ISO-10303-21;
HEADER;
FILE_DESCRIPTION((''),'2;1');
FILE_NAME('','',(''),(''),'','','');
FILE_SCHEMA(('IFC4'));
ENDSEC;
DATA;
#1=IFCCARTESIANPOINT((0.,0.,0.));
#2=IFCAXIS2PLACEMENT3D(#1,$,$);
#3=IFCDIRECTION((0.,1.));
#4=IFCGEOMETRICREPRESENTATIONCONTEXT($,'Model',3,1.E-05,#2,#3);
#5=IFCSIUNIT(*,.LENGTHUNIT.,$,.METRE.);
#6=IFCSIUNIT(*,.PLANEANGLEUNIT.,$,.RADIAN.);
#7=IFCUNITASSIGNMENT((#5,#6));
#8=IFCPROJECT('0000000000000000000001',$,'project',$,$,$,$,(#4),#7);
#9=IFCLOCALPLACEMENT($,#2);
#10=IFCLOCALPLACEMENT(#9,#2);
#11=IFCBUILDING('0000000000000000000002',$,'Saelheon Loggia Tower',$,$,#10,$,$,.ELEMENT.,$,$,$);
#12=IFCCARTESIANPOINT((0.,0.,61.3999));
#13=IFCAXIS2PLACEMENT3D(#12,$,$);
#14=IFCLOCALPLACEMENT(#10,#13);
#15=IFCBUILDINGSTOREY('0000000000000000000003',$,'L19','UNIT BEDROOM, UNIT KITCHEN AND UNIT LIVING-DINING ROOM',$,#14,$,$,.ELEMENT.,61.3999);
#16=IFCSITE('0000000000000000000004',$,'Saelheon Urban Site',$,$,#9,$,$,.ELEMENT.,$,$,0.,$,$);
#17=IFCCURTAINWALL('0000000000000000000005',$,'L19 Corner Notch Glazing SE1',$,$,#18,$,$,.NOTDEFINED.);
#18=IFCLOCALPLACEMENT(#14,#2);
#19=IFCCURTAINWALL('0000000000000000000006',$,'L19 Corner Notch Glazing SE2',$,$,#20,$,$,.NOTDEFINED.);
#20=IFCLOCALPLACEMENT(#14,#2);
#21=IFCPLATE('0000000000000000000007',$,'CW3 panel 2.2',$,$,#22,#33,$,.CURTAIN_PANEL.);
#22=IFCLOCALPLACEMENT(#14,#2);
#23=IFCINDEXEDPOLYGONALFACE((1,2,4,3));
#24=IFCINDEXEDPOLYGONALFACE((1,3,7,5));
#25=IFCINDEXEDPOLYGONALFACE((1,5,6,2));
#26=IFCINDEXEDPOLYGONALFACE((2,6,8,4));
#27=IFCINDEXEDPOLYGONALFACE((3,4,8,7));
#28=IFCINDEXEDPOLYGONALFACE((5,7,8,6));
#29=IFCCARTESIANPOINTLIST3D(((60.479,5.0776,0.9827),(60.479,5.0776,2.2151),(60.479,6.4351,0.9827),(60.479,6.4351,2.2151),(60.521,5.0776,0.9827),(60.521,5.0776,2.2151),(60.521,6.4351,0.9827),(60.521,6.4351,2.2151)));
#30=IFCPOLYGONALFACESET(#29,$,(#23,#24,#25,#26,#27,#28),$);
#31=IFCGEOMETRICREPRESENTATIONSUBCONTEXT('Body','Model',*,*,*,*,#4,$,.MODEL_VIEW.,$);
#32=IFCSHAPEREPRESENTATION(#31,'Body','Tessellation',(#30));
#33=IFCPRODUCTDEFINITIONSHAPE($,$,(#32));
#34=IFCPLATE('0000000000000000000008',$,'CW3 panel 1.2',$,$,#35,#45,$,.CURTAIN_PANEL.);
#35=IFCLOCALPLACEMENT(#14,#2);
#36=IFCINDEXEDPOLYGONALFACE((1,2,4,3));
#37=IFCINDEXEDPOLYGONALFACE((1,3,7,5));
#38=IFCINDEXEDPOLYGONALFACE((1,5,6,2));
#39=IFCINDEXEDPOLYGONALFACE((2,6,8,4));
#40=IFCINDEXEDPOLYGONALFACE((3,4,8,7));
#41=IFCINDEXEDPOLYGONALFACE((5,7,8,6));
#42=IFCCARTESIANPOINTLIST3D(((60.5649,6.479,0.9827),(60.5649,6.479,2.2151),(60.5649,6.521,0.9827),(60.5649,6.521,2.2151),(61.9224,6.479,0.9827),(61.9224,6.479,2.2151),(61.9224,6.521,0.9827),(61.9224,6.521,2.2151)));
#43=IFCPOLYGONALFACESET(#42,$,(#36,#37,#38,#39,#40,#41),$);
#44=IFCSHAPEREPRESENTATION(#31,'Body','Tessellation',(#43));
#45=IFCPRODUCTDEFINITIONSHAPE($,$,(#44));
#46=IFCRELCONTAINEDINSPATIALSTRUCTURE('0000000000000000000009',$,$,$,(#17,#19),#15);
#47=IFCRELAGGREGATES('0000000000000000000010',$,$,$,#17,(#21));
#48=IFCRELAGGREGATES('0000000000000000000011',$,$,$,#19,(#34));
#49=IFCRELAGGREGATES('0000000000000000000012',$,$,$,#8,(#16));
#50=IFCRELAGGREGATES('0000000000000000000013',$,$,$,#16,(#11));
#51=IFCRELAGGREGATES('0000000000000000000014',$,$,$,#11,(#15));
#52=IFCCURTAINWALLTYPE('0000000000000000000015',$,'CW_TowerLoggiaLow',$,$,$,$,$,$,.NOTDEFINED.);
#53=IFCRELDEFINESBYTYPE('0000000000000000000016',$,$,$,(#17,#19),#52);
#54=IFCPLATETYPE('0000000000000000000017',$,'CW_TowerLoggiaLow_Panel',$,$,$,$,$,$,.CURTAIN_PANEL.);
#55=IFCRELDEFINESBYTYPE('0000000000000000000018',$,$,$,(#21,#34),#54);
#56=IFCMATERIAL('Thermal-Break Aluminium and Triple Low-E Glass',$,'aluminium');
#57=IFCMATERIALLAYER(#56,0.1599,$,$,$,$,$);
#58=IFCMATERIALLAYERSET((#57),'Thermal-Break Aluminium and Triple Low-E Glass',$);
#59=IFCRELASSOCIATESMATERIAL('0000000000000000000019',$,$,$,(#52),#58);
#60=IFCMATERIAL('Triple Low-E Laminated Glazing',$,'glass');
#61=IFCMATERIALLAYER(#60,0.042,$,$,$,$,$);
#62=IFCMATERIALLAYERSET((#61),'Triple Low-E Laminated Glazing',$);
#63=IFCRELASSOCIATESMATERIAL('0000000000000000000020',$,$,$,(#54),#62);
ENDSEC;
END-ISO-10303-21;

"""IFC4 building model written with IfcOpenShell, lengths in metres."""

from ifc_helpers import new_model, si_unit, direction, frame, origin, origin_2d, place, context, subcontext, project, spatial, rectangle, extrude, source, transform, mapped, material, layer, layer_set, type_object, element, aggregate, save


model = new_model("IFC4")

# Units and contexts
model_context = context("Model", 3, precision=1e-05, world=origin(), true_north=direction((0.0, 1.0)))
body_context = subcontext(model_context, "Body", "Model", "MODEL_VIEW")
ifc_project = project(units=[si_unit("LENGTHUNIT", "METRE"), si_unit("PLANEANGLEUNIT", "RADIAN")], contexts=[model_context])

# Site, building, storey
site_placement = place(None, origin())
site = spatial("IfcSite", under=ifc_project, at=site_placement, Name="Saelheon Urban Site", CompositionType="ELEMENT", RefElevation=0.0)
building_placement = place(site_placement, origin())
building = spatial("IfcBuilding", under=site, at=building_placement, Name="Saelheon Loggia Tower", CompositionType="ELEMENT")
storey_placement = place(building_placement, frame((0.0, 0.0, 61.3999)))
storey = spatial("IfcBuildingStorey", under=building, at=storey_placement, Name="L19", Description="UNIT BEDROOM, UNIT KITCHEN AND UNIT LIVING-DINING ROOM", CompositionType="ELEMENT", Elevation=61.3999)

# Curtain walls
ifc_material_1 = material(Name="Thermal-Break Aluminium and Triple Low-E Glass", Category="aluminium")
ifc_layer_1 = layer(ifc_material_1, 0.1599)
ifc_layer_set_1 = layer_set([ifc_layer_1], Name="Thermal-Break Aluminium and Triple Low-E Glass")
curtain_wall_type = type_object("IfcCurtainWallType", Name="CW_TowerLoggiaLow", PredefinedType="NOTDEFINED", material=ifc_layer_set_1)
curtain_wall_1_placement = place(storey_placement, origin())
curtain_wall_1 = element("IfcCurtainWall", 1, at=curtain_wall_1_placement, inside=storey, type_object=curtain_wall_type, Name="L19 Corner Notch Glazing SE1", PredefinedType="NOTDEFINED")
curtain_wall_2_placement = place(storey_placement, origin())
curtain_wall_2 = element("IfcCurtainWall", 2, at=curtain_wall_2_placement, inside=storey, type_object=curtain_wall_type, Name="L19 Corner Notch Glazing SE2", PredefinedType="NOTDEFINED")

# Plates
ifc_material_2 = material(Name="Triple Low-E Laminated Glazing", Category="glass")
ifc_layer_2 = layer(ifc_material_2, 0.042)
ifc_layer_set_2 = layer_set([ifc_layer_2], Name="Triple Low-E Laminated Glazing")
plate_type = type_object("IfcPlateType", Name="CW_TowerLoggiaLow_Panel", PredefinedType="CURTAIN_PANEL", material=ifc_layer_set_2)
shared_shape_1 = source(origin(), body_context, "Body", "SweptSolid", [
    extrude(rectangle(XDim=1.3574, YDim=0.042, at=origin_2d()), origin(), (0.0, 0.0, 1.0), 1.2324),
])
plate_1_placement = place(storey_placement, frame((60.5, 5.7563, 0.9827), z_axis=(0.0, 0.0, 1.0), x_axis=(0.0, 1.0, 0.0)))
plate_1 = element("IfcPlate", 3, at=plate_1_placement, type_object=plate_type, Name="CW3 panel 2.2", PredefinedType="CURTAIN_PANEL", context=body_context, shape_type="MappedRepresentation", body=[
    mapped(shared_shape_1, transform((0.0, 0.0, 0.0), scale=1.0)),
])
aggregate(curtain_wall_1, [plate_1])
plate_2_placement = place(storey_placement, frame((61.2437, 6.5, 0.9827), z_axis=(0.0, 0.0, 1.0), x_axis=(1.0, 0.0, 0.0)))
plate_2 = element("IfcPlate", 4, at=plate_2_placement, type_object=plate_type, Name="CW3 panel 1.2", PredefinedType="CURTAIN_PANEL", context=body_context, shape_type="MappedRepresentation", body=[
    mapped(shared_shape_1, transform((0.0, 0.0, 0.0), scale=1.0)),
])
aggregate(curtain_wall_2, [plate_2])

save(model, "model.ifc")
